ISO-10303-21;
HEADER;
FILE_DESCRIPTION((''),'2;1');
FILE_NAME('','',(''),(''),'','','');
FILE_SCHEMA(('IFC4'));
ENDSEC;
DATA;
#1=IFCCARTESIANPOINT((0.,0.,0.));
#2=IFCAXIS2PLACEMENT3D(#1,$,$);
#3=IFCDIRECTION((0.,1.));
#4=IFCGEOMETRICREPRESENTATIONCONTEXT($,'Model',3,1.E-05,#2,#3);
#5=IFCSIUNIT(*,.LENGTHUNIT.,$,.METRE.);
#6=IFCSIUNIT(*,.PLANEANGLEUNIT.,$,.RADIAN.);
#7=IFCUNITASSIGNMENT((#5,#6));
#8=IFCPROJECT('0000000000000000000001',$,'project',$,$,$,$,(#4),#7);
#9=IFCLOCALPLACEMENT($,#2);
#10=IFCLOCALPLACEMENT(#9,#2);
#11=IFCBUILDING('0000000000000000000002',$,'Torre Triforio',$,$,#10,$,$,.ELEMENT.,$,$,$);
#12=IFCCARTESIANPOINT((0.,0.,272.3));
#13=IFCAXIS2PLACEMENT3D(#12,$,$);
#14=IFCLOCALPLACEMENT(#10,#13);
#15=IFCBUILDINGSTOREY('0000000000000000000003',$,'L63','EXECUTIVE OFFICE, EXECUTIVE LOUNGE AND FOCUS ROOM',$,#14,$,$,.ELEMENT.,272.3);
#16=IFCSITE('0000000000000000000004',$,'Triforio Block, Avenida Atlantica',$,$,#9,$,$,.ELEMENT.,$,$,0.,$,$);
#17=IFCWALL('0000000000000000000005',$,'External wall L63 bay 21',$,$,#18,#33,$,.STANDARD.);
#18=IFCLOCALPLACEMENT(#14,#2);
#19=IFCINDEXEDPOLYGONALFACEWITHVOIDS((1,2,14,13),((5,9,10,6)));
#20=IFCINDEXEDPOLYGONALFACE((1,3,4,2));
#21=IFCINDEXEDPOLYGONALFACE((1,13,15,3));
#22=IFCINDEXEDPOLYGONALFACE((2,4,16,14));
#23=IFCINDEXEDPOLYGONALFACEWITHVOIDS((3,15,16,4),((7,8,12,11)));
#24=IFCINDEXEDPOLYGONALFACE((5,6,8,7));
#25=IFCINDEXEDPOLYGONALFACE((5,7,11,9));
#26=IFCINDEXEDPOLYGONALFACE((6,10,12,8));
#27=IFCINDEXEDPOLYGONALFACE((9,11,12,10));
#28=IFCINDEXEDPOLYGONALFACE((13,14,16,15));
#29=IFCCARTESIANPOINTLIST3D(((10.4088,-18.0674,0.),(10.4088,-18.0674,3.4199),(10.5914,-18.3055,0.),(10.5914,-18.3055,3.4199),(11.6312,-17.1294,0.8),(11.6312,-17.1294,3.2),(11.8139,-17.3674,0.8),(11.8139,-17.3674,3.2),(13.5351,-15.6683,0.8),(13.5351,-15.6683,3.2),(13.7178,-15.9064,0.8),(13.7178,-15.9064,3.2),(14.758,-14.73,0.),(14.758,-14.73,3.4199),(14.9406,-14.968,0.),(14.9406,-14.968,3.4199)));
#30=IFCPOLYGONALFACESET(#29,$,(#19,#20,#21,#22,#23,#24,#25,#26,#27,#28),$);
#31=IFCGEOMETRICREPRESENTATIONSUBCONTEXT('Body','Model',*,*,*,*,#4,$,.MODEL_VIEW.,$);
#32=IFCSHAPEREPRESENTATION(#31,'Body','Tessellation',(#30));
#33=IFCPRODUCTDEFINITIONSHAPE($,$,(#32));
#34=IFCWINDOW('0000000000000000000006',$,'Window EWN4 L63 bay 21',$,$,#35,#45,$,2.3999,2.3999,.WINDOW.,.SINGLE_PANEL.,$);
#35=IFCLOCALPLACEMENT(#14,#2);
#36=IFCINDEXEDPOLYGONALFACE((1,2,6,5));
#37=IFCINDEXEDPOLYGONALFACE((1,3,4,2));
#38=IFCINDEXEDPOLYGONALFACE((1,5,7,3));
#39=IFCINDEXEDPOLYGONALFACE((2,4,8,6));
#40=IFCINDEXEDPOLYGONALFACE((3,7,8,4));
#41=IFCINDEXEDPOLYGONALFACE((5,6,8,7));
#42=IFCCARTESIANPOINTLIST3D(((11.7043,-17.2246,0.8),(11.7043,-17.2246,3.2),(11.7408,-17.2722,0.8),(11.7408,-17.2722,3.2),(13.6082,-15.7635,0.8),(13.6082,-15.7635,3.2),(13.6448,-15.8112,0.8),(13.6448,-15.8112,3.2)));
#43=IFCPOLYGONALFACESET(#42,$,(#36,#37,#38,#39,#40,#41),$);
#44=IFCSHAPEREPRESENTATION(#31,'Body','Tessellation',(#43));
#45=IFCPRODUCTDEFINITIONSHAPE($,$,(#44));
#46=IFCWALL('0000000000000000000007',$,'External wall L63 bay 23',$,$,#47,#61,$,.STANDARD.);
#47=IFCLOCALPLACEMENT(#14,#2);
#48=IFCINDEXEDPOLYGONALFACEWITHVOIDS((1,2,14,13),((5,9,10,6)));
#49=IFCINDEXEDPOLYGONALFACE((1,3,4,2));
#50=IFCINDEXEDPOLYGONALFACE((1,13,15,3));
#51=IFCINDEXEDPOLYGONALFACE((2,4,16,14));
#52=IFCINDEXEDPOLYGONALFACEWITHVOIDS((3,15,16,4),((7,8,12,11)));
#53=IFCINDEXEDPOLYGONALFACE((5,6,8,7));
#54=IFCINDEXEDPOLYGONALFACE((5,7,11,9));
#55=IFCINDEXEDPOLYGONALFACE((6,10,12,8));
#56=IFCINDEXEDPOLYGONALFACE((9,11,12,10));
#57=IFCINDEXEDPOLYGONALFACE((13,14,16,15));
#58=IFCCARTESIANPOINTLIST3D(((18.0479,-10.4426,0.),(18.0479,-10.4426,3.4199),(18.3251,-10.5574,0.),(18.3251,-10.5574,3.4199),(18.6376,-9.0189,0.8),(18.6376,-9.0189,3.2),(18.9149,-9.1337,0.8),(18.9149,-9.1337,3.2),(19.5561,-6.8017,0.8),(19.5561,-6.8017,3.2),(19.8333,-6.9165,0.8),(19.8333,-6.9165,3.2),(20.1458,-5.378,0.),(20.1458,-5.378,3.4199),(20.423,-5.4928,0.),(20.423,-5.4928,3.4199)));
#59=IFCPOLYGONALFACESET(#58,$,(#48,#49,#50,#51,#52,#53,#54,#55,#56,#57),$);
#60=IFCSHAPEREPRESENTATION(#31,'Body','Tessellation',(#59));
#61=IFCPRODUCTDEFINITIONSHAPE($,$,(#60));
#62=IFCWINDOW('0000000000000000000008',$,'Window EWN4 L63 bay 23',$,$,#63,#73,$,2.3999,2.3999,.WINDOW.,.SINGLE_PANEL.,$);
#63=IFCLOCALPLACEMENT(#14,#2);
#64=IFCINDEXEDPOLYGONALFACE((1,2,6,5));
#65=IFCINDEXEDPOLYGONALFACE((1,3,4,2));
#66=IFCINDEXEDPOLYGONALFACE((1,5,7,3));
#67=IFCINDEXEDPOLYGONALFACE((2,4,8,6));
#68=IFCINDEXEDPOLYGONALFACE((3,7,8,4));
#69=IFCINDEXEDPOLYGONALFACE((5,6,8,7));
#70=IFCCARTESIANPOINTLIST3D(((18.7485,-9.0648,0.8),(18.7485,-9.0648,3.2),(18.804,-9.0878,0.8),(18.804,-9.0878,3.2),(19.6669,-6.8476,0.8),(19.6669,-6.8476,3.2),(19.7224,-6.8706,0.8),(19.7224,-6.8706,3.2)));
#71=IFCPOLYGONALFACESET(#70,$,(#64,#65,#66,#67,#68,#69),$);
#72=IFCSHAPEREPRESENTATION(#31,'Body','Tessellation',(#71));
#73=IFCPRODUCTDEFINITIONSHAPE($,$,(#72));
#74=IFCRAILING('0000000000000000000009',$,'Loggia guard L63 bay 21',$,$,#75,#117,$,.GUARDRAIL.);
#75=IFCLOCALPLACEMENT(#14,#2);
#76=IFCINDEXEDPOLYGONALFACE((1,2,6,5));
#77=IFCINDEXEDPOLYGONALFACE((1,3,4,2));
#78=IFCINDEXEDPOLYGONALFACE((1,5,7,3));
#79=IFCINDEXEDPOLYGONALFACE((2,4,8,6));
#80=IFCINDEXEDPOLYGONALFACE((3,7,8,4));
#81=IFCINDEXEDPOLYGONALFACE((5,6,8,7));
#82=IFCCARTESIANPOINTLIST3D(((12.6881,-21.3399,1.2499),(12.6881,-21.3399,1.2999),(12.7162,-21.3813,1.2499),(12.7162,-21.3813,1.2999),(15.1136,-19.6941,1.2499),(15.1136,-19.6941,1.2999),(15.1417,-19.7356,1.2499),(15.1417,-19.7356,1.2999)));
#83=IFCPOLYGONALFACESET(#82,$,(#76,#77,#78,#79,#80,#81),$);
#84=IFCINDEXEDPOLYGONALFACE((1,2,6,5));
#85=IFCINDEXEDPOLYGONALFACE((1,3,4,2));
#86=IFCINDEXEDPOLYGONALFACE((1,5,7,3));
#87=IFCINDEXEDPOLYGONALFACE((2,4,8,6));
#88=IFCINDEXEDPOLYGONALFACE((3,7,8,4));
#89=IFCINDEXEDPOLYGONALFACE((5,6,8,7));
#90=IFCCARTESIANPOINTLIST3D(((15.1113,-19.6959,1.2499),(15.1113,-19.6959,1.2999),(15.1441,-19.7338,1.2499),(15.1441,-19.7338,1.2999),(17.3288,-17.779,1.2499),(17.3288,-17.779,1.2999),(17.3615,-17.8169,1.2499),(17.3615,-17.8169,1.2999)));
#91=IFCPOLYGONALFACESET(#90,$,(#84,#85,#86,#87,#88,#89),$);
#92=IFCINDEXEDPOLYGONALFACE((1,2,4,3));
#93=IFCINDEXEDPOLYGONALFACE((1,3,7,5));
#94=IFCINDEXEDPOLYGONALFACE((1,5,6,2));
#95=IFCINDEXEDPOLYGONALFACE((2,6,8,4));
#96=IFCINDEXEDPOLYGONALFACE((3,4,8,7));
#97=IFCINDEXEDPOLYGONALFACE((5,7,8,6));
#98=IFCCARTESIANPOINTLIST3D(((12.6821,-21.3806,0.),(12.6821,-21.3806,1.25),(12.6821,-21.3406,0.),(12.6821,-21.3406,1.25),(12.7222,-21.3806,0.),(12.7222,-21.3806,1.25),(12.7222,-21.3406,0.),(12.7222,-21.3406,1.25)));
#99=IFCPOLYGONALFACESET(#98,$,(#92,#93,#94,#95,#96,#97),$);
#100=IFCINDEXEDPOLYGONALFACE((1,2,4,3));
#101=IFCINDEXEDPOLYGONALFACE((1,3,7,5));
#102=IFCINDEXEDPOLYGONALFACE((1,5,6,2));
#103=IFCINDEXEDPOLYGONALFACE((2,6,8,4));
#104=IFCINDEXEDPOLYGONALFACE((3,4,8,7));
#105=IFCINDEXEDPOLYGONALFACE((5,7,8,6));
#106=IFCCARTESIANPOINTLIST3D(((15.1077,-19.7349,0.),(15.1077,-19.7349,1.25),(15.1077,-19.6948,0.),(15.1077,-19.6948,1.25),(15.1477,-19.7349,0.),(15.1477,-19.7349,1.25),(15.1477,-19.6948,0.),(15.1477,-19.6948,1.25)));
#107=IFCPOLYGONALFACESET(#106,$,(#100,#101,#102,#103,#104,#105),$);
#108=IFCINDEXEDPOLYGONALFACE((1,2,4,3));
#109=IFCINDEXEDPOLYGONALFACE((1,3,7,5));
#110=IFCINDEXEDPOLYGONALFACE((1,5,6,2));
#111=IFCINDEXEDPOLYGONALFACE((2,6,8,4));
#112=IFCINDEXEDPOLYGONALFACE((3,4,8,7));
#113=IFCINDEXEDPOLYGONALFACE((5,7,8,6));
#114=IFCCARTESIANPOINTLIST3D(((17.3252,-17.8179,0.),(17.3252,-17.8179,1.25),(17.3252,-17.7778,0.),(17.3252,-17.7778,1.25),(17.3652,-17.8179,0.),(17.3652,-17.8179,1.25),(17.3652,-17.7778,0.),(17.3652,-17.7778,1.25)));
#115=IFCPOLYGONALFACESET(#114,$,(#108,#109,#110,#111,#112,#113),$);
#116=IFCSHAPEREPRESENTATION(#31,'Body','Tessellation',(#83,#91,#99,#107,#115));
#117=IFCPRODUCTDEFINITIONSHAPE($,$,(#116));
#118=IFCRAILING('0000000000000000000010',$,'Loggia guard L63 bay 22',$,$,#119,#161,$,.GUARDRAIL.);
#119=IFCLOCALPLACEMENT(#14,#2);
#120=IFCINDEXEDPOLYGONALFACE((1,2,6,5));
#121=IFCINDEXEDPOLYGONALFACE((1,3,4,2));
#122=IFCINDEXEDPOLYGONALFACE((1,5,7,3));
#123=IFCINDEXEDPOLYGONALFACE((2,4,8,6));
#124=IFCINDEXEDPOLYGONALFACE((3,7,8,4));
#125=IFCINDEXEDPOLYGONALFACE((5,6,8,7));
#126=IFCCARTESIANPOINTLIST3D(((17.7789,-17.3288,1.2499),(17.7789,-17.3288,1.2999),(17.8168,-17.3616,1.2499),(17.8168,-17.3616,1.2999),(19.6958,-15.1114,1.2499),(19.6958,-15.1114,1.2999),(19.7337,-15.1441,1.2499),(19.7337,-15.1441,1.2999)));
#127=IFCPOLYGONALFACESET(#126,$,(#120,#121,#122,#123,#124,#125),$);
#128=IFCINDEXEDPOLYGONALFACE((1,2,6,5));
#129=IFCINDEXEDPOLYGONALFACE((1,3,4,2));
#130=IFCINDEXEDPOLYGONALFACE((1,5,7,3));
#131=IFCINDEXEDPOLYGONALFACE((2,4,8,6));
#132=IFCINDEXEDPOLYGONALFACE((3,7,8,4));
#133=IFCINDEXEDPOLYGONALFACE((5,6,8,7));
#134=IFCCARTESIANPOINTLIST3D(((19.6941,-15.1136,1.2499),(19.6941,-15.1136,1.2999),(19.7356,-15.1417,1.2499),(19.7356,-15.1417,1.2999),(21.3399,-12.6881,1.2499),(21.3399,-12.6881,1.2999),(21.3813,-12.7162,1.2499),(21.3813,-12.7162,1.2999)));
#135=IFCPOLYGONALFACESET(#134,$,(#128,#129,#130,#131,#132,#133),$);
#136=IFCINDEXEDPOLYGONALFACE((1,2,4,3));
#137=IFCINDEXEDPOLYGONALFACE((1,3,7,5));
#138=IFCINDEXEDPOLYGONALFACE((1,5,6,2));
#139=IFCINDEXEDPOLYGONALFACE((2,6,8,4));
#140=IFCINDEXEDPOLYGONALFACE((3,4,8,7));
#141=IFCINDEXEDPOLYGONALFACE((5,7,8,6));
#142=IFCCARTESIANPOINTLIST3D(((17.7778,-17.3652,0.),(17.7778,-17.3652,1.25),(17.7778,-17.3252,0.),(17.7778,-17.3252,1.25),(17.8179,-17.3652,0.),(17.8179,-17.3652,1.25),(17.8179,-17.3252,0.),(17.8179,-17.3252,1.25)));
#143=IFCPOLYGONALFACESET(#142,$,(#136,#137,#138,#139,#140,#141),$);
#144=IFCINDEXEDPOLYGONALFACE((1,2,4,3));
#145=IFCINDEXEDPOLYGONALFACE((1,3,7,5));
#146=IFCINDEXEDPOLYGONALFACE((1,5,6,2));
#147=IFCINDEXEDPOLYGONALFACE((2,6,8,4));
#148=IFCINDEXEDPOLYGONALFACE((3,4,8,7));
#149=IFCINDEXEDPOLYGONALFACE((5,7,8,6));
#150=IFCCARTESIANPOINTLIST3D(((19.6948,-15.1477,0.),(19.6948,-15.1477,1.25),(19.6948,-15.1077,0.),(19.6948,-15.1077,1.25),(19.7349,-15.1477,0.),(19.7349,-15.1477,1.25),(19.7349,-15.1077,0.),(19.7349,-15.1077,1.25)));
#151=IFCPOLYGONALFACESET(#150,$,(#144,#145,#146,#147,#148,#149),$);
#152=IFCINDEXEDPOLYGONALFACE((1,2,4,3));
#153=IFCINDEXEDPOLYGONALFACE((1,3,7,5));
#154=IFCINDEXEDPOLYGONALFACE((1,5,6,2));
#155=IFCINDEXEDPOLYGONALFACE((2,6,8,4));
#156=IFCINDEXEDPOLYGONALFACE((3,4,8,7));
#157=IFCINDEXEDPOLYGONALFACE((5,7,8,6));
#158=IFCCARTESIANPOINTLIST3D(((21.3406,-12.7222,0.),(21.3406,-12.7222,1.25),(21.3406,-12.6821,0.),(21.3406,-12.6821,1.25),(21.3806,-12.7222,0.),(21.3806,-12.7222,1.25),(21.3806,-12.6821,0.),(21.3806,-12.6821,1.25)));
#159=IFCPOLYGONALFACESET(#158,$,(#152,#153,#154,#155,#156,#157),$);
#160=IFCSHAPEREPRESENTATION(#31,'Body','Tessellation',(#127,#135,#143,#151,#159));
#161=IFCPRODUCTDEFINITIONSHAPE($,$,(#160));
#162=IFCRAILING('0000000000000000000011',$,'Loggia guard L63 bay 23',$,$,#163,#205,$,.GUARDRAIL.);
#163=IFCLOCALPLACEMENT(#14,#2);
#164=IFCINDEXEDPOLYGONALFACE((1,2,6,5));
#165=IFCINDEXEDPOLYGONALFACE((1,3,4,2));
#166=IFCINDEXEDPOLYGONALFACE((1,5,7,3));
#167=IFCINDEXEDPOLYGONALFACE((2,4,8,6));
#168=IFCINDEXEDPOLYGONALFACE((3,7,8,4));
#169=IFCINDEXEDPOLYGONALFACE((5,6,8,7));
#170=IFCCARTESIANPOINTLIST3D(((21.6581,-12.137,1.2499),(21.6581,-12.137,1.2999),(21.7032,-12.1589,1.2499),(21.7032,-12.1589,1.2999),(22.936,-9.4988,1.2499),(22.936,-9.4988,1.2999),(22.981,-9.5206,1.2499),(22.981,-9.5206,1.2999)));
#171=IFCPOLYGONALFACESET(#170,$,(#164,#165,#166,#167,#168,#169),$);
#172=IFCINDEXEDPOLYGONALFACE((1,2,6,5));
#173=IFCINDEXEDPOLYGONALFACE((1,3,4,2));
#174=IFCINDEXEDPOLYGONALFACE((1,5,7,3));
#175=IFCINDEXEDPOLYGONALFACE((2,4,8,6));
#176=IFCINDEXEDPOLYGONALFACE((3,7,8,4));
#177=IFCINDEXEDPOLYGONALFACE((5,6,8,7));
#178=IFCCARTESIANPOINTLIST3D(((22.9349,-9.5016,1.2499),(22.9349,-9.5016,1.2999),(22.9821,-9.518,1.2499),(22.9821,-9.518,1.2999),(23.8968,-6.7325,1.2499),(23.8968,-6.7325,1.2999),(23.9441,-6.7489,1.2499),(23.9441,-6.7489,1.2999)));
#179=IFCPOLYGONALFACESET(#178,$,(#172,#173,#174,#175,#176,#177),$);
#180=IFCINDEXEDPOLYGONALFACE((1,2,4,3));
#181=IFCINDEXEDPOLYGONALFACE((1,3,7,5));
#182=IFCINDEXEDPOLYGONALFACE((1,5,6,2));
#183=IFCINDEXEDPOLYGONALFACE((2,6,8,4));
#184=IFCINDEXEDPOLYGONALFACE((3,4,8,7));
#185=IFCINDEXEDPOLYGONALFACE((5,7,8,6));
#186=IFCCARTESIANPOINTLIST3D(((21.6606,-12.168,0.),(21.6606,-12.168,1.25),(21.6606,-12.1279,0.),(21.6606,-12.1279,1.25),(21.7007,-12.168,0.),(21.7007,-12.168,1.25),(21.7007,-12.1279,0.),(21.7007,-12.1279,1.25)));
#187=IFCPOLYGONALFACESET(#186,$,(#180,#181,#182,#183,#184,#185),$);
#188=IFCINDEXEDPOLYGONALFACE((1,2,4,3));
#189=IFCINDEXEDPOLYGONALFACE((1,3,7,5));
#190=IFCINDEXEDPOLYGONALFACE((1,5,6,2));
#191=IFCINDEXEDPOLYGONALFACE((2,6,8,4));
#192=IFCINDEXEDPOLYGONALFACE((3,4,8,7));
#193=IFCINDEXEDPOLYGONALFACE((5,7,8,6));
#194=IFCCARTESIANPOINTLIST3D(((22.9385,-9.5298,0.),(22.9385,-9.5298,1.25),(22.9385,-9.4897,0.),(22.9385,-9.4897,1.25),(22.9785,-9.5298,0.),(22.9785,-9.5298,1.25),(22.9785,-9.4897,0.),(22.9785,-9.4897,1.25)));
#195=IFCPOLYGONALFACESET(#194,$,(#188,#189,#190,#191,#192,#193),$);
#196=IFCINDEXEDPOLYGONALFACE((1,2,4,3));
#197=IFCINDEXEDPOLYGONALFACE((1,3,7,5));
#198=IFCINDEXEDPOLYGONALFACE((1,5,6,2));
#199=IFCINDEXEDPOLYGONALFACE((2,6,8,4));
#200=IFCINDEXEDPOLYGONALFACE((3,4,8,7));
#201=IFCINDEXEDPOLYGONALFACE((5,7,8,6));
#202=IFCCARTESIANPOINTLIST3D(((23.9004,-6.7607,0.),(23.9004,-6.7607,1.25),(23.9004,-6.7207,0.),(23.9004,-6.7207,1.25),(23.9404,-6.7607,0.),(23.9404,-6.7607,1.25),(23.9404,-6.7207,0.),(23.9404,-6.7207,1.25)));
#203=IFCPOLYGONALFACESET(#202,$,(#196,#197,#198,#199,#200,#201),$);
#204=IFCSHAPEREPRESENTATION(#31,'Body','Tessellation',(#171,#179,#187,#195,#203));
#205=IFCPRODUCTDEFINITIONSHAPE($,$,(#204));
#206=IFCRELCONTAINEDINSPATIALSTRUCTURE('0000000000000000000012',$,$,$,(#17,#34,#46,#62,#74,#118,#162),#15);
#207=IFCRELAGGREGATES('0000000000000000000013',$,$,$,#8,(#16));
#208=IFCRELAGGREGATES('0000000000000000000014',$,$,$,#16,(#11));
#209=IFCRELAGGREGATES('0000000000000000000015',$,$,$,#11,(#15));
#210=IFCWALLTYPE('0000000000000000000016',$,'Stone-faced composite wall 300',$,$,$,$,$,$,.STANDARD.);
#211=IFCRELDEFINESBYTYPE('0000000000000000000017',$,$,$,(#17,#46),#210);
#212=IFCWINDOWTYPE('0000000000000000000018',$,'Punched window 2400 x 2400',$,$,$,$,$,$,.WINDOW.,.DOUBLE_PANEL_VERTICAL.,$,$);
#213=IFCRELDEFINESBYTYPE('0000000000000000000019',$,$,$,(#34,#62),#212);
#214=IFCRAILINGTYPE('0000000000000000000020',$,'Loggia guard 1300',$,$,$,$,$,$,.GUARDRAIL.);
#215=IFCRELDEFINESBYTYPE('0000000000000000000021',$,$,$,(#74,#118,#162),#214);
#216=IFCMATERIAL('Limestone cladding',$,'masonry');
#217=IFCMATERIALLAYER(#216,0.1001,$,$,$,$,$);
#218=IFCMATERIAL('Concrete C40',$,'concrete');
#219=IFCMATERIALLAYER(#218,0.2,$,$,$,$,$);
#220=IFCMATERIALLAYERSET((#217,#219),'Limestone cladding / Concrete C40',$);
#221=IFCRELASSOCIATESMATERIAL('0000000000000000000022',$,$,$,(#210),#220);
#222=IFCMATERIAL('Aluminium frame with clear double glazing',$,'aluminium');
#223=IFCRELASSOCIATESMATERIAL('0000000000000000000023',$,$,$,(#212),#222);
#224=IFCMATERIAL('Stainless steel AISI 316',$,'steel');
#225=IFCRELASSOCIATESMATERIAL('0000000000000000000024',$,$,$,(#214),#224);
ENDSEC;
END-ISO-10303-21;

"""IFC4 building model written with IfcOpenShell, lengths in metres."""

from ifc_helpers import new_model, si_unit, direction, frame, frame_2d, origin, origin_2d, place, context, subcontext, project, spatial, rectangle, extrude, material, layer, layer_set, type_object, element, fill, save


model = new_model("IFC4")

# Units and contexts
model_context = context("Model", 3, precision=1e-05, world=origin(), true_north=direction((0.0, 1.0)))
body_context = subcontext(model_context, "Body", "Model", "MODEL_VIEW")
ifc_project = project(units=[si_unit("LENGTHUNIT", "METRE"), si_unit("PLANEANGLEUNIT", "RADIAN")], contexts=[model_context])

# Site, building, storey
site_placement = place(None, origin())
site = spatial("IfcSite", under=ifc_project, at=site_placement, Name="Triforio Block, Avenida Atlantica", CompositionType="ELEMENT", RefElevation=0.0)
building_placement = place(site_placement, origin())
building = spatial("IfcBuilding", under=site, at=building_placement, Name="Torre Triforio", CompositionType="ELEMENT")
storey_placement = place(building_placement, frame((0.0, 0.0, 272.3)))
storey = spatial("IfcBuildingStorey", under=building, at=storey_placement, Name="L63", Description="EXECUTIVE OFFICE, EXECUTIVE LOUNGE AND FOCUS ROOM", CompositionType="ELEMENT", Elevation=272.3)

# Shared definitions
ifc_material_1 = material(Name="Concrete C40", Category="concrete")

# Shared definitions
ifc_material_2 = material(Name="Limestone cladding", Category="masonry")

# Wall, opening, window
ifc_layer_1 = layer(ifc_material_2, 0.1001)
ifc_layer_2 = layer(ifc_material_1, 0.2)
ifc_layer_set_1 = layer_set([ifc_layer_1, ifc_layer_2], Name="Limestone cladding / Concrete C40")
wall_type_1 = type_object("IfcWallType", Name="Stone-faced composite wall 300", PredefinedType="STANDARD", material=ifc_layer_set_1)
wall_1_placement = place(storey_placement, frame((10.5, -18.1865, 0.0), z_axis=(0.0, 0.0, 1.0), x_axis=(0.793335, 0.608785, 0.0)))
wall_1 = element("IfcWall", 1, at=wall_1_placement, inside=storey, type_object=wall_type_1, Name="External wall L63 bay 21", PredefinedType="STANDARD", context=body_context, shape_type="SweptSolid", body=[
    extrude(rectangle(XDim=5.4822, YDim=0.3, at=frame_2d((2.7412, 0.0))), origin(), (0.0, 0.0, 1.0), 3.4199),
])
opening_1_placement = place(wall_1_placement, frame((1.541, 0.0, 0.8)))
opening_1 = element("IfcOpeningElement", 2, at=opening_1_placement, cuts=wall_1, PredefinedType="OPENING", context=body_context, shape_type="SweptSolid", body=[
    extrude(rectangle(XDim=2.3999, YDim=2.3999, at=frame_2d((1.2, 1.2))), frame((0.0, 0.1599, 0.0), z_axis=(0.0, -1.0, 0.0), x_axis=(1.0, 0.0, 0.0)), (0.0, 0.0, 1.0), 0.3201),
])
ifc_material_3 = material(Name="Aluminium frame with clear double glazing", Category="aluminium")
window_type_1 = type_object("IfcWindowType", Name="Punched window 2400 x 2400", PartitioningType="DOUBLE_PANEL_VERTICAL", PredefinedType="WINDOW", material=ifc_material_3)
window_1_placement = place(opening_1_placement, origin())
window_1 = element("IfcWindow", 3, at=window_1_placement, inside=storey, type_object=window_type_1, Name="Window EWN4 L63 bay 21", OverallHeight=2.3999, OverallWidth=2.3999, PartitioningType="SINGLE_PANEL", PredefinedType="WINDOW", context=body_context, shape_type="SweptSolid", body=[
    extrude(rectangle(XDim=2.3999, YDim=2.3999, at=frame_2d((1.2, 1.2))), frame((0.0, 0.03, 0.0), z_axis=(0.0, -1.0, 0.0), x_axis=(1.0, 0.0, 0.0)), (0.0, 0.0, 1.0), 0.0601),
])
fill(opening_1, window_1)

# Wall, opening, window
wall_2_placement = place(storey_placement, frame((18.1865, -10.5, 0.0), z_axis=(0.0, 0.0, 1.0), x_axis=(0.382689, 0.923877, 0.0)))
wall_2 = element("IfcWall", 4, at=wall_2_placement, inside=storey, type_object=wall_type_1, Name="External wall L63 bay 23", PredefinedType="STANDARD", context=body_context, shape_type="SweptSolid", body=[
    extrude(rectangle(XDim=5.4819, YDim=0.3, at=frame_2d((2.741, 0.0))), origin(), (0.0, 0.0, 1.0), 3.4199),
])
opening_2_placement = place(wall_2_placement, frame((1.541, 0.0, 0.8)))
opening_2 = element("IfcOpeningElement", 5, at=opening_2_placement, cuts=wall_2, PredefinedType="OPENING", context=body_context, shape_type="SweptSolid", body=[
    extrude(rectangle(XDim=2.3999, YDim=2.3999, at=frame_2d((1.2, 1.2))), frame((0.0, 0.1599, 0.0), z_axis=(0.0, -1.0, 0.0), x_axis=(1.0, 0.0, 0.0)), (0.0, 0.0, 1.0), 0.3201),
])
window_2_placement = place(opening_2_placement, origin())
window_2 = element("IfcWindow", 6, at=window_2_placement, inside=storey, type_object=window_type_1, Name="Window EWN4 L63 bay 23", OverallHeight=2.3999, OverallWidth=2.3999, PartitioningType="SINGLE_PANEL", PredefinedType="WINDOW", context=body_context, shape_type="SweptSolid", body=[
    extrude(rectangle(XDim=2.3999, YDim=2.3999, at=frame_2d((1.2, 1.2))), frame((0.0, 0.03, 0.0), z_axis=(0.0, -1.0, 0.0), x_axis=(1.0, 0.0, 0.0)), (0.0, 0.0, 1.0), 0.0601),
])
fill(opening_2, window_2)

# Railings
ifc_material_4 = material(Name="Stainless steel AISI 316", Category="steel")
railing_type = type_object("IfcRailingType", Name="Loggia guard 1300", PredefinedType="GUARDRAIL", material=ifc_material_4)
railing_1_placement = place(storey_placement, frame((12.7021, -21.3606, 0.0)))
element("IfcRailing", 7, at=railing_1_placement, inside=storey, type_object=railing_type, Name="Loggia guard L63 bay 21", PredefinedType="GUARDRAIL", context=body_context, shape_type="SweptSolid", body=[
    extrude(rectangle(XDim=0.05, YDim=0.05, at=origin_2d()), frame((0.0, 0.0, 1.2749), z_axis=(0.827499, 0.561467, 0.0), x_axis=(-0.561467, 0.827499, 0.0)), (0.0, 0.0, 1.0), 2.9312),
    extrude(rectangle(XDim=0.05, YDim=0.05, at=origin_2d()), frame((2.4255, 1.6458, 1.2749), z_axis=(0.75651, 0.653982, 0.0), x_axis=(-0.653982, 0.75651, 0.0)), (0.0, 0.0, 1.0), 2.9312),
    extrude(rectangle(XDim=0.04, YDim=0.04, at=origin_2d()), origin(), (0.0, 0.0, 1.0), 1.25),
    extrude(rectangle(XDim=0.04, YDim=0.04, at=origin_2d()), frame((2.4255, 1.6458, 0.0)), (0.0, 0.0, 1.0), 1.25),
    extrude(rectangle(XDim=0.04, YDim=0.04, at=origin_2d()), frame((4.6431, 3.5627, 0.0)), (0.0, 0.0, 1.0), 1.25),
])
railing_2_placement = place(storey_placement, frame((17.7979, -17.3452, 0.0)))
element("IfcRailing", 8, at=railing_2_placement, inside=storey, type_object=railing_type, Name="Loggia guard L63 bay 22", PredefinedType="GUARDRAIL", context=body_context, shape_type="SweptSolid", body=[
    extrude(rectangle(XDim=0.05, YDim=0.05, at=origin_2d()), frame((0.0, 0.0, 1.2749), z_axis=(0.653982, 0.75651, 0.0), x_axis=(-0.75651, 0.653982, 0.0)), (0.0, 0.0, 1.0), 2.9312),
    extrude(rectangle(XDim=0.05, YDim=0.05, at=origin_2d()), frame((1.917, 2.2175, 1.2749), z_axis=(0.561467, 0.827499, 0.0), x_axis=(-0.827499, 0.561467, 0.0)), (0.0, 0.0, 1.0), 2.9312),
    extrude(rectangle(XDim=0.04, YDim=0.04, at=origin_2d()), origin(), (0.0, 0.0, 1.0), 1.25),
    extrude(rectangle(XDim=0.04, YDim=0.04, at=origin_2d()), frame((1.917, 2.2175, 0.0)), (0.0, 0.0, 1.0), 1.25),
    extrude(rectangle(XDim=0.04, YDim=0.04, at=origin_2d()), frame((3.5627, 4.6431, 0.0)), (0.0, 0.0, 1.0), 1.25),
])
railing_3_placement = place(storey_placement, frame((21.6807, -12.1479, 0.0)))
element("IfcRailing", 9, at=railing_3_placement, inside=storey, type_object=railing_type, Name="Loggia guard L63 bay 23", PredefinedType="GUARDRAIL", context=body_context, shape_type="SweptSolid", body=[
    extrude(rectangle(XDim=0.05, YDim=0.05, at=origin_2d()), frame((0.0, 0.0, 1.2749), z_axis=(0.435918, 0.899986, 0.0), x_axis=(-0.899986, 0.435918, 0.0)), (0.0, 0.0, 1.0), 2.9314),
    extrude(rectangle(XDim=0.05, YDim=0.05, at=origin_2d()), frame((1.2778, 2.6382, 1.2749), z_axis=(0.328146, 0.944627, 0.0), x_axis=(-0.944627, 0.328146, 0.0)), (0.0, 0.0, 1.0), 2.9314),
    extrude(rectangle(XDim=0.04, YDim=0.04, at=origin_2d()), origin(), (0.0, 0.0, 1.0), 1.25),
    extrude(rectangle(XDim=0.04, YDim=0.04, at=origin_2d()), frame((1.2778, 2.6382, 0.0)), (0.0, 0.0, 1.0), 1.25),
    extrude(rectangle(XDim=0.04, YDim=0.04, at=origin_2d()), frame((2.2397, 5.4072, 0.0)), (0.0, 0.0, 1.0), 1.25),
])

save(model, "model.ifc")
